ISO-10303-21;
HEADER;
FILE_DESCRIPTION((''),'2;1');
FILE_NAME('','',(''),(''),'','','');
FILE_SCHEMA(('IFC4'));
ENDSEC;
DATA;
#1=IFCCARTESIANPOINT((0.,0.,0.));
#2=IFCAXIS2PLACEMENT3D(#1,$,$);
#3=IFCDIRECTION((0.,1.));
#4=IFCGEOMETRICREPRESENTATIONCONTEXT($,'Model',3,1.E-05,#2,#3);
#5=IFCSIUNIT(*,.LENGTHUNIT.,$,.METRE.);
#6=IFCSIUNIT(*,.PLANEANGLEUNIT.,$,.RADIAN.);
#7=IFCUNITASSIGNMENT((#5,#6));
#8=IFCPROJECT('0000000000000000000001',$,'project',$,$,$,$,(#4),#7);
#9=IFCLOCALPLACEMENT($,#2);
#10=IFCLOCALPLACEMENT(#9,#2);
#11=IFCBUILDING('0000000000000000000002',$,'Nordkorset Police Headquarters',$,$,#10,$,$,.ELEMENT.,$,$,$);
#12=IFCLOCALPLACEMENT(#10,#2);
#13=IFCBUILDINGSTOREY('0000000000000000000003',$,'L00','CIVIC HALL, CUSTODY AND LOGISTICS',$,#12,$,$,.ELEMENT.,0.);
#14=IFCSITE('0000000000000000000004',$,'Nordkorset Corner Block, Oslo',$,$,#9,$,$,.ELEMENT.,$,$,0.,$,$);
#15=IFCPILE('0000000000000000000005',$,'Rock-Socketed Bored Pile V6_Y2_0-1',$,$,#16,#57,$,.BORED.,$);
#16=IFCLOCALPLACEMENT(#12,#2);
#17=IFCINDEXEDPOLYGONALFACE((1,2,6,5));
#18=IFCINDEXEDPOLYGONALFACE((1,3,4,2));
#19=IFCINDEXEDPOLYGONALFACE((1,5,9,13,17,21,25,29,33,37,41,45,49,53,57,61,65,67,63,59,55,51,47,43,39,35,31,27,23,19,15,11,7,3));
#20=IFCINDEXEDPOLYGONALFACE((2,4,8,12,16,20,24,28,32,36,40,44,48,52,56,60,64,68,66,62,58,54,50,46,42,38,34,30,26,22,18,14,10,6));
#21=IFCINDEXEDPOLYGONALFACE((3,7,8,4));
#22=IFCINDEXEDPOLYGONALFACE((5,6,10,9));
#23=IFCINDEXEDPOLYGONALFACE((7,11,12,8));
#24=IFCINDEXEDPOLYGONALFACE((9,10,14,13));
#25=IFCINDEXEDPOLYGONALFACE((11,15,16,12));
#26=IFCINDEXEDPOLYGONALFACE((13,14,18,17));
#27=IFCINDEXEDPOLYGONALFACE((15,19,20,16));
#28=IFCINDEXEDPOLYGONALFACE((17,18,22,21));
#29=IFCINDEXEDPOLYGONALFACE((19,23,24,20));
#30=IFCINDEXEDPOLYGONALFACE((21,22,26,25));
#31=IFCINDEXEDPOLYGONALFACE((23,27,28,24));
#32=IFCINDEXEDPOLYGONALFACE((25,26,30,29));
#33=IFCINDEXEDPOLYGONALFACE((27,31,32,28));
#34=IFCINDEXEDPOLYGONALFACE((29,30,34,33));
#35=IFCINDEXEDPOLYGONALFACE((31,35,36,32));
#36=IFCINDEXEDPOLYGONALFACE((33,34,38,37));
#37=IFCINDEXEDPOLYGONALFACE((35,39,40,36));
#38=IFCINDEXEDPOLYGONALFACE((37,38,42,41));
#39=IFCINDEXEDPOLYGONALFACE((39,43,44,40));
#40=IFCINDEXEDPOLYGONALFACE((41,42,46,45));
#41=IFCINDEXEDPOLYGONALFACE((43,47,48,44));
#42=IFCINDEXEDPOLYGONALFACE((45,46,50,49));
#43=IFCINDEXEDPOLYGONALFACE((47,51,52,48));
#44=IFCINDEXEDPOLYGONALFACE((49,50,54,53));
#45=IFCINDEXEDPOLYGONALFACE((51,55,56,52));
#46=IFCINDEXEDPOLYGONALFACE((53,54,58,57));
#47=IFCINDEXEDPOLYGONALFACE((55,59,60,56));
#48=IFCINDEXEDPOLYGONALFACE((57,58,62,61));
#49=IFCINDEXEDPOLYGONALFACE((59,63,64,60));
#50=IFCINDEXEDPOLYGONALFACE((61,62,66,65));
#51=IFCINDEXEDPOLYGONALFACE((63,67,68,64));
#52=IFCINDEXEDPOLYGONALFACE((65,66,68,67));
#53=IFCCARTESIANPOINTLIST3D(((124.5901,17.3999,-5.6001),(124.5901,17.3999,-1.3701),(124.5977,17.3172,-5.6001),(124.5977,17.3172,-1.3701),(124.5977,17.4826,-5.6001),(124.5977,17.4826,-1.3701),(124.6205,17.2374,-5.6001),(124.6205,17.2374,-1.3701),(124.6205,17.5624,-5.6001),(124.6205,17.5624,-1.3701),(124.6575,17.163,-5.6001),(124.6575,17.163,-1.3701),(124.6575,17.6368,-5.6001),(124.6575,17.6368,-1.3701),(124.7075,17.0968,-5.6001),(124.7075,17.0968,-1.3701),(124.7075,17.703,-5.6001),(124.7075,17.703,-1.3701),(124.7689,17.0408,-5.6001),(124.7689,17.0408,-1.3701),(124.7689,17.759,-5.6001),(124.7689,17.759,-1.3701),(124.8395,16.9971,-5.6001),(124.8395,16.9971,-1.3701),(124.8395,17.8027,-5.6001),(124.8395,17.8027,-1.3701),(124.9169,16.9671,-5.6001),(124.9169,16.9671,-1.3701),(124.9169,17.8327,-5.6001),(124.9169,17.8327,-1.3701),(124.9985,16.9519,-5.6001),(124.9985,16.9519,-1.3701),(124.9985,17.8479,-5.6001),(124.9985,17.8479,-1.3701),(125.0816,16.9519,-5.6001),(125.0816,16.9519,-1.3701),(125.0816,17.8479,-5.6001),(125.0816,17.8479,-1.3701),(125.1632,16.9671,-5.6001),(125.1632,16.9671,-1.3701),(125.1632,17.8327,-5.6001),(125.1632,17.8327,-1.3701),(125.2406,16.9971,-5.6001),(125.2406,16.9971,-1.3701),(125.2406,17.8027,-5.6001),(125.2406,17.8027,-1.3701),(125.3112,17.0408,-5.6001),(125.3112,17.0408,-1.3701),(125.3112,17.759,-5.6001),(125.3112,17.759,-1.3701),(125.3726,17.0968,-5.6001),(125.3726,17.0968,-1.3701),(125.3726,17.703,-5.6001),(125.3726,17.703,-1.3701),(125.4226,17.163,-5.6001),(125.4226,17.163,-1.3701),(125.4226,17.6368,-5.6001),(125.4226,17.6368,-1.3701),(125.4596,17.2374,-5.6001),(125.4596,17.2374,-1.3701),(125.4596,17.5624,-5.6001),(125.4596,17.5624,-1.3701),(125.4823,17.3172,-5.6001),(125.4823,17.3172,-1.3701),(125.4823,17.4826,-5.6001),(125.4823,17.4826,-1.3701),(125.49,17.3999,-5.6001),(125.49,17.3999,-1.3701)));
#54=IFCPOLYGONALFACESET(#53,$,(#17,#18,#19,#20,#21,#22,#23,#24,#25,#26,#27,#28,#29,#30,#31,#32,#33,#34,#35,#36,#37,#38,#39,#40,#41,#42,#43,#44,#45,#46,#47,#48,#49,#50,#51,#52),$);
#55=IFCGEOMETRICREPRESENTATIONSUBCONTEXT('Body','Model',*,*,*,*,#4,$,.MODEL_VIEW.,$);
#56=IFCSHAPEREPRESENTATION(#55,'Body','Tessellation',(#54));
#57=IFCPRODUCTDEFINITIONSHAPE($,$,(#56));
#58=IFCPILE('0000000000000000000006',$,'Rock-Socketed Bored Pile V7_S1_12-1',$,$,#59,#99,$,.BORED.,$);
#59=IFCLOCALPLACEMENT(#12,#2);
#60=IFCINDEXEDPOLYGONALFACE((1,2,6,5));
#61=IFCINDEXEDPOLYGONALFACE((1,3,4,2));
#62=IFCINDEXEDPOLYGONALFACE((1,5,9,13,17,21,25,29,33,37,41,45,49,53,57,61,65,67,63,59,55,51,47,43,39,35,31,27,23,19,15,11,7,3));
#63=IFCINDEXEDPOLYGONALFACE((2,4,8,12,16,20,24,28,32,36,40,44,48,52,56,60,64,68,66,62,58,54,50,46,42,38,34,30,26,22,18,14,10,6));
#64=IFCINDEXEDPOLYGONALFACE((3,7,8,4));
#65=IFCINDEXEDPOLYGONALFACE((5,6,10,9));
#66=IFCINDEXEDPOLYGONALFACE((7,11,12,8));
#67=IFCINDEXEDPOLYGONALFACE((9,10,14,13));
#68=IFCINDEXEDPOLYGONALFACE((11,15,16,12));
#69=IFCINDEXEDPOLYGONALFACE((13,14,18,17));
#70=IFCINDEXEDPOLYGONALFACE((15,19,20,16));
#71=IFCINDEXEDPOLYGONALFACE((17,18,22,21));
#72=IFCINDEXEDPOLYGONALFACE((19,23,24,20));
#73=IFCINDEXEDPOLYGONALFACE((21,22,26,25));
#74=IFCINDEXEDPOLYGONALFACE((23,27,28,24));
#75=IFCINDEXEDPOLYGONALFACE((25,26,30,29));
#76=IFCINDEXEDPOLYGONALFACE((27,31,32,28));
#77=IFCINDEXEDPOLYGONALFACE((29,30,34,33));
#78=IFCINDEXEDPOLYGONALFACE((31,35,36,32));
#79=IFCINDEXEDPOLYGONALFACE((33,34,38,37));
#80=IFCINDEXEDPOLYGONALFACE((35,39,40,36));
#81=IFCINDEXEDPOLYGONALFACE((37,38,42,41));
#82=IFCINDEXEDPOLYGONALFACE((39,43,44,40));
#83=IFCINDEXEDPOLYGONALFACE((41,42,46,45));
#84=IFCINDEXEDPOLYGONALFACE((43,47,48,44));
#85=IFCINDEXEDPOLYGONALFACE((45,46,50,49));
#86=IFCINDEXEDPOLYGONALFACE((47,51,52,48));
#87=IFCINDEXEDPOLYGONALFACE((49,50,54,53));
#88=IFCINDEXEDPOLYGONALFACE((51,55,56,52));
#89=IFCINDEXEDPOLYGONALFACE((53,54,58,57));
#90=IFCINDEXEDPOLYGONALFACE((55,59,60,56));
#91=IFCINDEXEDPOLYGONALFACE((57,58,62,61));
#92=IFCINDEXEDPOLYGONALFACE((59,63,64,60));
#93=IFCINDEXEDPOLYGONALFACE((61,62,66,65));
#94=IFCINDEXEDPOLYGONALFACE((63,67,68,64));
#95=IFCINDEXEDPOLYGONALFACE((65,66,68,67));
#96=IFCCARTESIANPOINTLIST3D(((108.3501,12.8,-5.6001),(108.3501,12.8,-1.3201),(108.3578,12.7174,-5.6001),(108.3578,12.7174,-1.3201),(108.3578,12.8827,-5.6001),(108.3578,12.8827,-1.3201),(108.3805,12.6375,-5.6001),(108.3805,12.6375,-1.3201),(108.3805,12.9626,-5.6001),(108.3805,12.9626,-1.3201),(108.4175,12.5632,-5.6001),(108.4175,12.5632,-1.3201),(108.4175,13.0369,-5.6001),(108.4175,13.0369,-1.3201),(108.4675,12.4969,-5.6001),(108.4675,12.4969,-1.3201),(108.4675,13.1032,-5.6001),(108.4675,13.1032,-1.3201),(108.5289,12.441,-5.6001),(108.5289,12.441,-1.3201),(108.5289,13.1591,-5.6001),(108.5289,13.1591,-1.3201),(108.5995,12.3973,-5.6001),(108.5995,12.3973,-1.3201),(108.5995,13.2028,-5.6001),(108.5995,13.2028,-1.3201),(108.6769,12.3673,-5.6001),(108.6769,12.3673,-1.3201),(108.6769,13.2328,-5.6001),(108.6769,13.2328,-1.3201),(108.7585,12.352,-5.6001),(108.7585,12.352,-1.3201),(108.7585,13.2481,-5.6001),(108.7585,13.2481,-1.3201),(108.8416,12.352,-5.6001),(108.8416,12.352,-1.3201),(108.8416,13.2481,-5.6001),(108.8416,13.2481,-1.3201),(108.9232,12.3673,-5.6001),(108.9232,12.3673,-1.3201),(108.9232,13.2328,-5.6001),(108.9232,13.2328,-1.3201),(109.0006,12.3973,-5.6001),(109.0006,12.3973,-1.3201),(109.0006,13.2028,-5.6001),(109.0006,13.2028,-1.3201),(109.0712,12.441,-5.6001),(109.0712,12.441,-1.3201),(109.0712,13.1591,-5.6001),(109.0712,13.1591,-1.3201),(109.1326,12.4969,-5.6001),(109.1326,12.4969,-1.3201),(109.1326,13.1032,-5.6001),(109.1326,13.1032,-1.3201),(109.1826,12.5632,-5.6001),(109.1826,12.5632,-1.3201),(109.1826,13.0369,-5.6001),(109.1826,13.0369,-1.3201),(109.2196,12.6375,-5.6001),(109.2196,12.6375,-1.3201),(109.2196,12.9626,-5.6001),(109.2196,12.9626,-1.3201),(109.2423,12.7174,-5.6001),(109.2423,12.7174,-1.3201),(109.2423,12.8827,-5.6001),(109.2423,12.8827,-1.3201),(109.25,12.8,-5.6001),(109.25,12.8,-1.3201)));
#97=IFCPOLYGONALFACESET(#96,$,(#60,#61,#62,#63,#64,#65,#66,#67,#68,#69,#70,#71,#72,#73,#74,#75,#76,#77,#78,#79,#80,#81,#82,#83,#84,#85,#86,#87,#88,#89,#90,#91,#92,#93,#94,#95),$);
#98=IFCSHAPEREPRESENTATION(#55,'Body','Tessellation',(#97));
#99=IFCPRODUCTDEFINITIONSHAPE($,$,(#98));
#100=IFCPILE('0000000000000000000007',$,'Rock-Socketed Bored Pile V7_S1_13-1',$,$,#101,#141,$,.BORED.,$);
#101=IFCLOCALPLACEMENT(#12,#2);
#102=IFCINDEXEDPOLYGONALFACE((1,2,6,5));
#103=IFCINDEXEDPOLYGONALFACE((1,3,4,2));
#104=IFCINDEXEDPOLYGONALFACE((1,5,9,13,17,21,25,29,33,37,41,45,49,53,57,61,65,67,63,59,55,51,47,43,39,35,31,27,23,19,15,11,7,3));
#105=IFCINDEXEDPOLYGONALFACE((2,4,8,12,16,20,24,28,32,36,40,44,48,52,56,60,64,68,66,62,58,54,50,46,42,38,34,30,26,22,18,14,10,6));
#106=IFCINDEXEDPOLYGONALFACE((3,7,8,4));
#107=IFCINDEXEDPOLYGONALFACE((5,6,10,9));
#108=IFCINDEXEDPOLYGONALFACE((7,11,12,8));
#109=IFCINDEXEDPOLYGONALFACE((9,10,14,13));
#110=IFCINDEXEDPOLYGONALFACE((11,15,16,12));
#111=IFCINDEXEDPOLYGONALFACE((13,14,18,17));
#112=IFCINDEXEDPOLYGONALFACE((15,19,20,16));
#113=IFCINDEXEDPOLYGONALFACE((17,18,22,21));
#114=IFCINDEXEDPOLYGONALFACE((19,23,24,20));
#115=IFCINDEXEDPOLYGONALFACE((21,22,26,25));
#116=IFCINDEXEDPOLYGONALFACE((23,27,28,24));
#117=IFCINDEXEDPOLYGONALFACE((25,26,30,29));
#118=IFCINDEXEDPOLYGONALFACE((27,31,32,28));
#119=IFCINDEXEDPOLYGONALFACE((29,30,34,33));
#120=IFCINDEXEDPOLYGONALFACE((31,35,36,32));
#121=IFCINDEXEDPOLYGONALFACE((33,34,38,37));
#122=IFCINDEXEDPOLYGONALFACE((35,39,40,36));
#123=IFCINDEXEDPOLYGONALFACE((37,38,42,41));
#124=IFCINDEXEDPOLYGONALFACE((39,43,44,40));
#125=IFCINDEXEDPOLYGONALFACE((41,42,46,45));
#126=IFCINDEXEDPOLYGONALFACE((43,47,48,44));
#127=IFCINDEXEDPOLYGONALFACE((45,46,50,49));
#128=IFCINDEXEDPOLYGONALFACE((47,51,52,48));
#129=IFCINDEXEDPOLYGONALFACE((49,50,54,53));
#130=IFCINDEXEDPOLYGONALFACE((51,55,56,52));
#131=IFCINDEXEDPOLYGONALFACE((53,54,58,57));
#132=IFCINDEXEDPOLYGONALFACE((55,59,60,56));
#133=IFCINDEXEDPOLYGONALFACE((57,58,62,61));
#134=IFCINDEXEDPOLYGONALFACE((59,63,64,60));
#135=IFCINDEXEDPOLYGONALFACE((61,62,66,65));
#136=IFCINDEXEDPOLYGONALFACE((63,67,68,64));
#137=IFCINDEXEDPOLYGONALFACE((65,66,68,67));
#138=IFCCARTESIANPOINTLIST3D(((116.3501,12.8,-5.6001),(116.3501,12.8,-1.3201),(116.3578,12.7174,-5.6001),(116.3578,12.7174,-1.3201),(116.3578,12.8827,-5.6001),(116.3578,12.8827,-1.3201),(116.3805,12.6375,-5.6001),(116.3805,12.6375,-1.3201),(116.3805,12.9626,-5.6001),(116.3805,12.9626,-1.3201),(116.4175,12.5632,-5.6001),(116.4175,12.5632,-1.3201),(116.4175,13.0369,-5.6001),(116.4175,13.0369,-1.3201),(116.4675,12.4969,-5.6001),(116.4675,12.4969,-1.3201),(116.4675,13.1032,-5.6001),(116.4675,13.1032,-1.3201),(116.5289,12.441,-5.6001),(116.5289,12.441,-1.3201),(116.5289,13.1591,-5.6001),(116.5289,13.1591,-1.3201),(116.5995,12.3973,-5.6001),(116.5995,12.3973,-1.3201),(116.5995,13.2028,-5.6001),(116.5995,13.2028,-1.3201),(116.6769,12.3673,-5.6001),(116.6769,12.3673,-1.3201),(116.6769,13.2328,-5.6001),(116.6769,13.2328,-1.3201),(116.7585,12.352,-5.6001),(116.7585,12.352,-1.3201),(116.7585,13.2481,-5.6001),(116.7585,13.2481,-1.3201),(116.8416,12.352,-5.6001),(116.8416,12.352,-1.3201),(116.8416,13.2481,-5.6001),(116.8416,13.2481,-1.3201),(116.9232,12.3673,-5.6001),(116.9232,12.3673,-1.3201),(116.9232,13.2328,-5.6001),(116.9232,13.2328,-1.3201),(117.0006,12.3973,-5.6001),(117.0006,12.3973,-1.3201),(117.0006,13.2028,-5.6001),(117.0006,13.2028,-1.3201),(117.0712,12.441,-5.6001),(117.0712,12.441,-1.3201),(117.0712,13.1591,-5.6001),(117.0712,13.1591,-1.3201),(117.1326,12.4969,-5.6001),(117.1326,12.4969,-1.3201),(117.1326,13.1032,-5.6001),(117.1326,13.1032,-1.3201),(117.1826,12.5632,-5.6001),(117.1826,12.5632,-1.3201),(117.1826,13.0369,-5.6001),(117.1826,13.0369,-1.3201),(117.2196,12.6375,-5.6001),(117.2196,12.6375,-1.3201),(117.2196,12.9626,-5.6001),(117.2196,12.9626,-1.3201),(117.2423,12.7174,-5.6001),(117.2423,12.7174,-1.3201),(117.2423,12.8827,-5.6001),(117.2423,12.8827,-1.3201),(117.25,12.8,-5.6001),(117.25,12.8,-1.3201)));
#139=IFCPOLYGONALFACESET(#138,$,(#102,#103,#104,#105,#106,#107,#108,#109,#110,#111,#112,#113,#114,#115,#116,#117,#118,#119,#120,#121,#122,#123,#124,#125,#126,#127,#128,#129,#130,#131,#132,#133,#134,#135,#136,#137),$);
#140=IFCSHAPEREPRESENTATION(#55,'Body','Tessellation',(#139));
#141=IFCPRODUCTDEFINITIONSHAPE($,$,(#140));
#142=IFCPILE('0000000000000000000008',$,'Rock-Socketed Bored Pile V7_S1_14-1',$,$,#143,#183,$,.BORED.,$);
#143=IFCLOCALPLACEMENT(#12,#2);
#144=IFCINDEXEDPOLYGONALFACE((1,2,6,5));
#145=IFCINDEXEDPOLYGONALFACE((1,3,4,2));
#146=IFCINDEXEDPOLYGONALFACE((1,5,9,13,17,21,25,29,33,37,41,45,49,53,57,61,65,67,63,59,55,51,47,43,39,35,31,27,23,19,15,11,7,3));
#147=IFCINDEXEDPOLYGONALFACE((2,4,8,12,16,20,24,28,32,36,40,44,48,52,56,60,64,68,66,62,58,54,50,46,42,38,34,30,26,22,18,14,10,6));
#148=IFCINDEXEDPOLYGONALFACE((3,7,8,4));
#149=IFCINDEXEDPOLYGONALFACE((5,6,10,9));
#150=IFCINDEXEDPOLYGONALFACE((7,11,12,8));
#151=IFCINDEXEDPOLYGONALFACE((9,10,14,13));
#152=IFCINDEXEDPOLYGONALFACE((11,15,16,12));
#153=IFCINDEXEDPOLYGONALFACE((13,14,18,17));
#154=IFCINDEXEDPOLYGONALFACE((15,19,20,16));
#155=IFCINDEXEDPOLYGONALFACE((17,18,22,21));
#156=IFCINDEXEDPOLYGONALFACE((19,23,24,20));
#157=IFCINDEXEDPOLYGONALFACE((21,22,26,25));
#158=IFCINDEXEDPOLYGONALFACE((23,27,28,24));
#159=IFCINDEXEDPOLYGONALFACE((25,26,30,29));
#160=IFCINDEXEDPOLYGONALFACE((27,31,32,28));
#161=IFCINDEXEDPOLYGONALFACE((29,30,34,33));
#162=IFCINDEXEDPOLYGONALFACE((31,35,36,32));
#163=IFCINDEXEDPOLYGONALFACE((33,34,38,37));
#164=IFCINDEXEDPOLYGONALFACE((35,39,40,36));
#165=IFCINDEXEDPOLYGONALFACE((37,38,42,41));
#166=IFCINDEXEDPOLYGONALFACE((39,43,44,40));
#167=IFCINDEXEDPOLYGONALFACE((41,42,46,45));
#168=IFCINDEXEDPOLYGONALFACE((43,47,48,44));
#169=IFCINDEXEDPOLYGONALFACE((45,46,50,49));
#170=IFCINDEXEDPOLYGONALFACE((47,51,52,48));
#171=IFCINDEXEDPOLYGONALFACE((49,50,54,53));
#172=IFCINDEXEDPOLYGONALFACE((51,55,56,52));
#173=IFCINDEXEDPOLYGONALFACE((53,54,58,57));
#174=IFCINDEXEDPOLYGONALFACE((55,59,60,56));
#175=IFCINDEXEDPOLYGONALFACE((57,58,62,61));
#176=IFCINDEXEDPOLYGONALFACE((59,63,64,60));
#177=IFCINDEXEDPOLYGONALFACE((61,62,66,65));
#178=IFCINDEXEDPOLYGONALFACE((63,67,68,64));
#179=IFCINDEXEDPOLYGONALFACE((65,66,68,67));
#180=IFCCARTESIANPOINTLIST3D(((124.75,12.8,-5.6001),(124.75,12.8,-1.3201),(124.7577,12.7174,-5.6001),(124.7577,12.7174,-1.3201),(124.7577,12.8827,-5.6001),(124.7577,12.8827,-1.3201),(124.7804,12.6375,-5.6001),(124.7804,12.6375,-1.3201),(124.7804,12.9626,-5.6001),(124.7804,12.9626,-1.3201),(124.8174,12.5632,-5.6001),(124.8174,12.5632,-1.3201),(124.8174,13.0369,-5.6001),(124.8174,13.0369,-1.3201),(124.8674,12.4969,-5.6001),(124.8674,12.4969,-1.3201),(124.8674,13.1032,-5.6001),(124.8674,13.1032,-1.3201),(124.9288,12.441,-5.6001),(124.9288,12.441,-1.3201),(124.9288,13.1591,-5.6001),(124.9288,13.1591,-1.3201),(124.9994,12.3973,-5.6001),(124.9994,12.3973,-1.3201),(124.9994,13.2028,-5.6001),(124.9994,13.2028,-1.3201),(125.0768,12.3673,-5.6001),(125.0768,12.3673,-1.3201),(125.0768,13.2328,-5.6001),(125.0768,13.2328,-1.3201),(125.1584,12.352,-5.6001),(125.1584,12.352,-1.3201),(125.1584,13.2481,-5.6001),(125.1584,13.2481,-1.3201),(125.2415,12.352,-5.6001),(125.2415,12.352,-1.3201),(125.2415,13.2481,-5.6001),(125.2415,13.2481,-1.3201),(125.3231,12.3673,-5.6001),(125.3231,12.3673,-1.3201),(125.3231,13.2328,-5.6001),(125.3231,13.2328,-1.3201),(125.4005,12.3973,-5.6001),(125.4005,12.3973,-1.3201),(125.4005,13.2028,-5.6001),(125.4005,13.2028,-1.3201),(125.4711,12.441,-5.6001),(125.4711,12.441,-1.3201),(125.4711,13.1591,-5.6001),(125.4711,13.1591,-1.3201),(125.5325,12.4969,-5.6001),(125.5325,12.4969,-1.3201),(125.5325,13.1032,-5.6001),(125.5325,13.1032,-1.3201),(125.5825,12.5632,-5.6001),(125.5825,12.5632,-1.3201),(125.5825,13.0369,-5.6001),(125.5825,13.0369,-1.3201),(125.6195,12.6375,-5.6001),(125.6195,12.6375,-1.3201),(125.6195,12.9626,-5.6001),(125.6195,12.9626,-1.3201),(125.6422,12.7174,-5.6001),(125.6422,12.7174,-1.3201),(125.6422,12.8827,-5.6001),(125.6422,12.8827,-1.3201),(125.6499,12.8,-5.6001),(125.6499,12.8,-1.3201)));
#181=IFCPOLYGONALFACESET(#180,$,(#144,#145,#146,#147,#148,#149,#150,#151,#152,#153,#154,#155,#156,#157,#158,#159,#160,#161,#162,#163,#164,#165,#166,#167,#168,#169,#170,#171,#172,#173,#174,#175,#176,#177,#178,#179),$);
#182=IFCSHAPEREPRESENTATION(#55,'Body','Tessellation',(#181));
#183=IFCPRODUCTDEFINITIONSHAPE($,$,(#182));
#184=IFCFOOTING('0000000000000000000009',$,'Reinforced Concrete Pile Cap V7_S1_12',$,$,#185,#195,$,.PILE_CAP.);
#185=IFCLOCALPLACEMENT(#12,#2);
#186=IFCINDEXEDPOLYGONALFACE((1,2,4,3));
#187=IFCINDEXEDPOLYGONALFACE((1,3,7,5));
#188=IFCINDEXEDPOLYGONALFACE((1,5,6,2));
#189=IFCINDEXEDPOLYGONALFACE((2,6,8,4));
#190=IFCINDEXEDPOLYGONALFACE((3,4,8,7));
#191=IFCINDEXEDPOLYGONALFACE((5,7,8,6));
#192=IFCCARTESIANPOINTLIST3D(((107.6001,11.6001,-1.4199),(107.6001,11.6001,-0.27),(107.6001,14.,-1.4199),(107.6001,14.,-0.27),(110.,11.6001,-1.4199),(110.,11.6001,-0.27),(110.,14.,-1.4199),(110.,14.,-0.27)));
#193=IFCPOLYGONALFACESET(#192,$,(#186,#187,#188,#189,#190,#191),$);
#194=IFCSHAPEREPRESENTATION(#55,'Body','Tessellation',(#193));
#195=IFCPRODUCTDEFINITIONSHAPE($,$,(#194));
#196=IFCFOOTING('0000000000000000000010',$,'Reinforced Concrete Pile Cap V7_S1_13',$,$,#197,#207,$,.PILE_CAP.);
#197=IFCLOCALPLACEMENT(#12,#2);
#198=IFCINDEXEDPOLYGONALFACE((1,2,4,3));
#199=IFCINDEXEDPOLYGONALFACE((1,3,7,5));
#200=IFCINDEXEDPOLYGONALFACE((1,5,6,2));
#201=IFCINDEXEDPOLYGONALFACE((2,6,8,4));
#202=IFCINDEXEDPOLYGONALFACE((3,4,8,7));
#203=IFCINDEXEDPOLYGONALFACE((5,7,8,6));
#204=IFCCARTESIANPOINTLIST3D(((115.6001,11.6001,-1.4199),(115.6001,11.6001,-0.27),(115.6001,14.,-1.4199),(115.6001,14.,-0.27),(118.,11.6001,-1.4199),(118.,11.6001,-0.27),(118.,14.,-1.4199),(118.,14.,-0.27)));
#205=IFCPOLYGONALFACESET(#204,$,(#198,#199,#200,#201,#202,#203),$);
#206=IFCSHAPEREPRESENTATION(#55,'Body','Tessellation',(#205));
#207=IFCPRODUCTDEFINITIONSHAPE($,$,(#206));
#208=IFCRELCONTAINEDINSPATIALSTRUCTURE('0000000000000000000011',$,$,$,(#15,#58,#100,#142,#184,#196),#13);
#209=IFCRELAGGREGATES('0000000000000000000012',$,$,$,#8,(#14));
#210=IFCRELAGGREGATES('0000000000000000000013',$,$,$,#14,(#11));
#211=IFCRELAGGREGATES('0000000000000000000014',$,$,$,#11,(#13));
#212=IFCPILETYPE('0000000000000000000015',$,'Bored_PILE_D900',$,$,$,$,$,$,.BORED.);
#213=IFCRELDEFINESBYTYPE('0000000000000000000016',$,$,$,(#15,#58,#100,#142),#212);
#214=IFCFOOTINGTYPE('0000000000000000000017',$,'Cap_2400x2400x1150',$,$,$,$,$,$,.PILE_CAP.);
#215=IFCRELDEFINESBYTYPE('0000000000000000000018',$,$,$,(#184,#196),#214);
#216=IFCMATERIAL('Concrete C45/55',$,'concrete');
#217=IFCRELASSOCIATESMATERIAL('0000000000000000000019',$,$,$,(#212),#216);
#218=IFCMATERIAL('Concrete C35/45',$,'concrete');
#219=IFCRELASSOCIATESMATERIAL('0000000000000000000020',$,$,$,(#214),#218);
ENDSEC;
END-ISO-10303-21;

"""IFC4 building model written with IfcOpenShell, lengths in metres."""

from ifc_helpers import new_model, si_unit, direction, frame, origin, origin_2d, place, context, subcontext, project, spatial, rectangle, circle, extrude, material, material_profile, profile_set, type_object, element, save


model = new_model("IFC4")

# Units and contexts
model_context = context("Model", 3, precision=1e-05, world=origin(), true_north=direction((0.0, 1.0)))
body_context = subcontext(model_context, "Body", "Model", "MODEL_VIEW")
ifc_project = project(units=[si_unit("LENGTHUNIT", "METRE"), si_unit("PLANEANGLEUNIT", "RADIAN")], contexts=[model_context])

# Site, building, storey
site_placement = place(None, origin())
site = spatial("IfcSite", under=ifc_project, at=site_placement, Name="Nordkorset Corner Block, Oslo", CompositionType="ELEMENT", RefElevation=0.0)
building_placement = place(site_placement, origin())
building = spatial("IfcBuilding", under=site, at=building_placement, Name="Nordkorset Police Headquarters", CompositionType="ELEMENT")
storey_placement = place(building_placement, origin())
storey = spatial("IfcBuildingStorey", under=building, at=storey_placement, Name="L00", Description="CIVIC HALL, CUSTODY AND LOGISTICS", CompositionType="ELEMENT", Elevation=0.0)

# Piles
ifc_material_1 = material(Name="Concrete C45/55", Category="concrete")
ifc_material_profile_1 = material_profile(ifc_material_1, circle(Radius=0.45, at=origin_2d()), Name="PILE D900")
ifc_profile_set_1 = profile_set([ifc_material_profile_1], Name="Concrete C45/55")
pile_type = type_object("IfcPileType", Name="Bored_PILE_D900", PredefinedType="BORED", material=ifc_profile_set_1)
pile_placement = place(storey_placement, frame((125.04, 17.3999, -1.3701), z_axis=(0.0, 0.0, -1.0), x_axis=(1.0, 0.0, 0.0)))
element("IfcPile", 1, at=pile_placement, inside=storey, type_object=pile_type, Name="Rock-Socketed Bored Pile V6_Y2_0-1", PredefinedType="BORED", context=body_context, shape_type="SweptSolid", body=[
    extrude(circle(Radius=0.45, at=origin_2d()), origin(), (0.0, 0.0, 1.0), 4.23),
])
for number, where, z_axis, x_axis, name in (
    (2, (108.8, 12.8, -1.3201), (0.0, 0.0, -1.0), (1.0, 0.0, 0.0), "Rock-Socketed Bored Pile V7_S1_12-1"),
    (3, (116.8, 12.8, -1.3201), (0.0, 0.0, -1.0), (1.0, 0.0, 0.0), "Rock-Socketed Bored Pile V7_S1_13-1"),
    (4, (125.2, 12.8, -1.3201), (0.0, 0.0, -1.0), (1.0, 0.0, 0.0), "Rock-Socketed Bored Pile V7_S1_14-1"),
):
    element("IfcPile", number, at=place(storey_placement, frame(where, z_axis=z_axis, x_axis=x_axis)), inside=storey, type_object=pile_type, Name=name, PredefinedType="BORED", context=body_context, shape_type="SweptSolid", body=[
        extrude(circle(Radius=0.45, at=origin_2d()), origin(), (0.0, 0.0, 1.0), 4.28),
    ])

# Footings
ifc_material_2 = material(Name="Concrete C35/45", Category="concrete")
footing_type_1 = type_object("IfcFootingType", Name="Cap_2400x2400x1150", PredefinedType="PILE_CAP", material=ifc_material_2)
for number, where, z_axis, x_axis, name in (
    (5, (108.8, 12.8, -1.4199), (0.0, 0.0, 1.0), (1.0, 0.0, 0.0), "Reinforced Concrete Pile Cap V7_S1_12"),
    (6, (116.8, 12.8, -1.4199), (0.0, 0.0, 1.0), (1.0, 0.0, 0.0), "Reinforced Concrete Pile Cap V7_S1_13"),
):
    element("IfcFooting", number, at=place(storey_placement, frame(where, z_axis=z_axis, x_axis=x_axis)), inside=storey, type_object=footing_type_1, Name=name, PredefinedType="PILE_CAP", context=body_context, shape_type="SweptSolid", body=[
        extrude(rectangle(XDim=2.3999, YDim=2.3999, at=origin_2d()), origin(), (0.0, 0.0, 1.0), 1.1499),
    ])

save(model, "model.ifc")
